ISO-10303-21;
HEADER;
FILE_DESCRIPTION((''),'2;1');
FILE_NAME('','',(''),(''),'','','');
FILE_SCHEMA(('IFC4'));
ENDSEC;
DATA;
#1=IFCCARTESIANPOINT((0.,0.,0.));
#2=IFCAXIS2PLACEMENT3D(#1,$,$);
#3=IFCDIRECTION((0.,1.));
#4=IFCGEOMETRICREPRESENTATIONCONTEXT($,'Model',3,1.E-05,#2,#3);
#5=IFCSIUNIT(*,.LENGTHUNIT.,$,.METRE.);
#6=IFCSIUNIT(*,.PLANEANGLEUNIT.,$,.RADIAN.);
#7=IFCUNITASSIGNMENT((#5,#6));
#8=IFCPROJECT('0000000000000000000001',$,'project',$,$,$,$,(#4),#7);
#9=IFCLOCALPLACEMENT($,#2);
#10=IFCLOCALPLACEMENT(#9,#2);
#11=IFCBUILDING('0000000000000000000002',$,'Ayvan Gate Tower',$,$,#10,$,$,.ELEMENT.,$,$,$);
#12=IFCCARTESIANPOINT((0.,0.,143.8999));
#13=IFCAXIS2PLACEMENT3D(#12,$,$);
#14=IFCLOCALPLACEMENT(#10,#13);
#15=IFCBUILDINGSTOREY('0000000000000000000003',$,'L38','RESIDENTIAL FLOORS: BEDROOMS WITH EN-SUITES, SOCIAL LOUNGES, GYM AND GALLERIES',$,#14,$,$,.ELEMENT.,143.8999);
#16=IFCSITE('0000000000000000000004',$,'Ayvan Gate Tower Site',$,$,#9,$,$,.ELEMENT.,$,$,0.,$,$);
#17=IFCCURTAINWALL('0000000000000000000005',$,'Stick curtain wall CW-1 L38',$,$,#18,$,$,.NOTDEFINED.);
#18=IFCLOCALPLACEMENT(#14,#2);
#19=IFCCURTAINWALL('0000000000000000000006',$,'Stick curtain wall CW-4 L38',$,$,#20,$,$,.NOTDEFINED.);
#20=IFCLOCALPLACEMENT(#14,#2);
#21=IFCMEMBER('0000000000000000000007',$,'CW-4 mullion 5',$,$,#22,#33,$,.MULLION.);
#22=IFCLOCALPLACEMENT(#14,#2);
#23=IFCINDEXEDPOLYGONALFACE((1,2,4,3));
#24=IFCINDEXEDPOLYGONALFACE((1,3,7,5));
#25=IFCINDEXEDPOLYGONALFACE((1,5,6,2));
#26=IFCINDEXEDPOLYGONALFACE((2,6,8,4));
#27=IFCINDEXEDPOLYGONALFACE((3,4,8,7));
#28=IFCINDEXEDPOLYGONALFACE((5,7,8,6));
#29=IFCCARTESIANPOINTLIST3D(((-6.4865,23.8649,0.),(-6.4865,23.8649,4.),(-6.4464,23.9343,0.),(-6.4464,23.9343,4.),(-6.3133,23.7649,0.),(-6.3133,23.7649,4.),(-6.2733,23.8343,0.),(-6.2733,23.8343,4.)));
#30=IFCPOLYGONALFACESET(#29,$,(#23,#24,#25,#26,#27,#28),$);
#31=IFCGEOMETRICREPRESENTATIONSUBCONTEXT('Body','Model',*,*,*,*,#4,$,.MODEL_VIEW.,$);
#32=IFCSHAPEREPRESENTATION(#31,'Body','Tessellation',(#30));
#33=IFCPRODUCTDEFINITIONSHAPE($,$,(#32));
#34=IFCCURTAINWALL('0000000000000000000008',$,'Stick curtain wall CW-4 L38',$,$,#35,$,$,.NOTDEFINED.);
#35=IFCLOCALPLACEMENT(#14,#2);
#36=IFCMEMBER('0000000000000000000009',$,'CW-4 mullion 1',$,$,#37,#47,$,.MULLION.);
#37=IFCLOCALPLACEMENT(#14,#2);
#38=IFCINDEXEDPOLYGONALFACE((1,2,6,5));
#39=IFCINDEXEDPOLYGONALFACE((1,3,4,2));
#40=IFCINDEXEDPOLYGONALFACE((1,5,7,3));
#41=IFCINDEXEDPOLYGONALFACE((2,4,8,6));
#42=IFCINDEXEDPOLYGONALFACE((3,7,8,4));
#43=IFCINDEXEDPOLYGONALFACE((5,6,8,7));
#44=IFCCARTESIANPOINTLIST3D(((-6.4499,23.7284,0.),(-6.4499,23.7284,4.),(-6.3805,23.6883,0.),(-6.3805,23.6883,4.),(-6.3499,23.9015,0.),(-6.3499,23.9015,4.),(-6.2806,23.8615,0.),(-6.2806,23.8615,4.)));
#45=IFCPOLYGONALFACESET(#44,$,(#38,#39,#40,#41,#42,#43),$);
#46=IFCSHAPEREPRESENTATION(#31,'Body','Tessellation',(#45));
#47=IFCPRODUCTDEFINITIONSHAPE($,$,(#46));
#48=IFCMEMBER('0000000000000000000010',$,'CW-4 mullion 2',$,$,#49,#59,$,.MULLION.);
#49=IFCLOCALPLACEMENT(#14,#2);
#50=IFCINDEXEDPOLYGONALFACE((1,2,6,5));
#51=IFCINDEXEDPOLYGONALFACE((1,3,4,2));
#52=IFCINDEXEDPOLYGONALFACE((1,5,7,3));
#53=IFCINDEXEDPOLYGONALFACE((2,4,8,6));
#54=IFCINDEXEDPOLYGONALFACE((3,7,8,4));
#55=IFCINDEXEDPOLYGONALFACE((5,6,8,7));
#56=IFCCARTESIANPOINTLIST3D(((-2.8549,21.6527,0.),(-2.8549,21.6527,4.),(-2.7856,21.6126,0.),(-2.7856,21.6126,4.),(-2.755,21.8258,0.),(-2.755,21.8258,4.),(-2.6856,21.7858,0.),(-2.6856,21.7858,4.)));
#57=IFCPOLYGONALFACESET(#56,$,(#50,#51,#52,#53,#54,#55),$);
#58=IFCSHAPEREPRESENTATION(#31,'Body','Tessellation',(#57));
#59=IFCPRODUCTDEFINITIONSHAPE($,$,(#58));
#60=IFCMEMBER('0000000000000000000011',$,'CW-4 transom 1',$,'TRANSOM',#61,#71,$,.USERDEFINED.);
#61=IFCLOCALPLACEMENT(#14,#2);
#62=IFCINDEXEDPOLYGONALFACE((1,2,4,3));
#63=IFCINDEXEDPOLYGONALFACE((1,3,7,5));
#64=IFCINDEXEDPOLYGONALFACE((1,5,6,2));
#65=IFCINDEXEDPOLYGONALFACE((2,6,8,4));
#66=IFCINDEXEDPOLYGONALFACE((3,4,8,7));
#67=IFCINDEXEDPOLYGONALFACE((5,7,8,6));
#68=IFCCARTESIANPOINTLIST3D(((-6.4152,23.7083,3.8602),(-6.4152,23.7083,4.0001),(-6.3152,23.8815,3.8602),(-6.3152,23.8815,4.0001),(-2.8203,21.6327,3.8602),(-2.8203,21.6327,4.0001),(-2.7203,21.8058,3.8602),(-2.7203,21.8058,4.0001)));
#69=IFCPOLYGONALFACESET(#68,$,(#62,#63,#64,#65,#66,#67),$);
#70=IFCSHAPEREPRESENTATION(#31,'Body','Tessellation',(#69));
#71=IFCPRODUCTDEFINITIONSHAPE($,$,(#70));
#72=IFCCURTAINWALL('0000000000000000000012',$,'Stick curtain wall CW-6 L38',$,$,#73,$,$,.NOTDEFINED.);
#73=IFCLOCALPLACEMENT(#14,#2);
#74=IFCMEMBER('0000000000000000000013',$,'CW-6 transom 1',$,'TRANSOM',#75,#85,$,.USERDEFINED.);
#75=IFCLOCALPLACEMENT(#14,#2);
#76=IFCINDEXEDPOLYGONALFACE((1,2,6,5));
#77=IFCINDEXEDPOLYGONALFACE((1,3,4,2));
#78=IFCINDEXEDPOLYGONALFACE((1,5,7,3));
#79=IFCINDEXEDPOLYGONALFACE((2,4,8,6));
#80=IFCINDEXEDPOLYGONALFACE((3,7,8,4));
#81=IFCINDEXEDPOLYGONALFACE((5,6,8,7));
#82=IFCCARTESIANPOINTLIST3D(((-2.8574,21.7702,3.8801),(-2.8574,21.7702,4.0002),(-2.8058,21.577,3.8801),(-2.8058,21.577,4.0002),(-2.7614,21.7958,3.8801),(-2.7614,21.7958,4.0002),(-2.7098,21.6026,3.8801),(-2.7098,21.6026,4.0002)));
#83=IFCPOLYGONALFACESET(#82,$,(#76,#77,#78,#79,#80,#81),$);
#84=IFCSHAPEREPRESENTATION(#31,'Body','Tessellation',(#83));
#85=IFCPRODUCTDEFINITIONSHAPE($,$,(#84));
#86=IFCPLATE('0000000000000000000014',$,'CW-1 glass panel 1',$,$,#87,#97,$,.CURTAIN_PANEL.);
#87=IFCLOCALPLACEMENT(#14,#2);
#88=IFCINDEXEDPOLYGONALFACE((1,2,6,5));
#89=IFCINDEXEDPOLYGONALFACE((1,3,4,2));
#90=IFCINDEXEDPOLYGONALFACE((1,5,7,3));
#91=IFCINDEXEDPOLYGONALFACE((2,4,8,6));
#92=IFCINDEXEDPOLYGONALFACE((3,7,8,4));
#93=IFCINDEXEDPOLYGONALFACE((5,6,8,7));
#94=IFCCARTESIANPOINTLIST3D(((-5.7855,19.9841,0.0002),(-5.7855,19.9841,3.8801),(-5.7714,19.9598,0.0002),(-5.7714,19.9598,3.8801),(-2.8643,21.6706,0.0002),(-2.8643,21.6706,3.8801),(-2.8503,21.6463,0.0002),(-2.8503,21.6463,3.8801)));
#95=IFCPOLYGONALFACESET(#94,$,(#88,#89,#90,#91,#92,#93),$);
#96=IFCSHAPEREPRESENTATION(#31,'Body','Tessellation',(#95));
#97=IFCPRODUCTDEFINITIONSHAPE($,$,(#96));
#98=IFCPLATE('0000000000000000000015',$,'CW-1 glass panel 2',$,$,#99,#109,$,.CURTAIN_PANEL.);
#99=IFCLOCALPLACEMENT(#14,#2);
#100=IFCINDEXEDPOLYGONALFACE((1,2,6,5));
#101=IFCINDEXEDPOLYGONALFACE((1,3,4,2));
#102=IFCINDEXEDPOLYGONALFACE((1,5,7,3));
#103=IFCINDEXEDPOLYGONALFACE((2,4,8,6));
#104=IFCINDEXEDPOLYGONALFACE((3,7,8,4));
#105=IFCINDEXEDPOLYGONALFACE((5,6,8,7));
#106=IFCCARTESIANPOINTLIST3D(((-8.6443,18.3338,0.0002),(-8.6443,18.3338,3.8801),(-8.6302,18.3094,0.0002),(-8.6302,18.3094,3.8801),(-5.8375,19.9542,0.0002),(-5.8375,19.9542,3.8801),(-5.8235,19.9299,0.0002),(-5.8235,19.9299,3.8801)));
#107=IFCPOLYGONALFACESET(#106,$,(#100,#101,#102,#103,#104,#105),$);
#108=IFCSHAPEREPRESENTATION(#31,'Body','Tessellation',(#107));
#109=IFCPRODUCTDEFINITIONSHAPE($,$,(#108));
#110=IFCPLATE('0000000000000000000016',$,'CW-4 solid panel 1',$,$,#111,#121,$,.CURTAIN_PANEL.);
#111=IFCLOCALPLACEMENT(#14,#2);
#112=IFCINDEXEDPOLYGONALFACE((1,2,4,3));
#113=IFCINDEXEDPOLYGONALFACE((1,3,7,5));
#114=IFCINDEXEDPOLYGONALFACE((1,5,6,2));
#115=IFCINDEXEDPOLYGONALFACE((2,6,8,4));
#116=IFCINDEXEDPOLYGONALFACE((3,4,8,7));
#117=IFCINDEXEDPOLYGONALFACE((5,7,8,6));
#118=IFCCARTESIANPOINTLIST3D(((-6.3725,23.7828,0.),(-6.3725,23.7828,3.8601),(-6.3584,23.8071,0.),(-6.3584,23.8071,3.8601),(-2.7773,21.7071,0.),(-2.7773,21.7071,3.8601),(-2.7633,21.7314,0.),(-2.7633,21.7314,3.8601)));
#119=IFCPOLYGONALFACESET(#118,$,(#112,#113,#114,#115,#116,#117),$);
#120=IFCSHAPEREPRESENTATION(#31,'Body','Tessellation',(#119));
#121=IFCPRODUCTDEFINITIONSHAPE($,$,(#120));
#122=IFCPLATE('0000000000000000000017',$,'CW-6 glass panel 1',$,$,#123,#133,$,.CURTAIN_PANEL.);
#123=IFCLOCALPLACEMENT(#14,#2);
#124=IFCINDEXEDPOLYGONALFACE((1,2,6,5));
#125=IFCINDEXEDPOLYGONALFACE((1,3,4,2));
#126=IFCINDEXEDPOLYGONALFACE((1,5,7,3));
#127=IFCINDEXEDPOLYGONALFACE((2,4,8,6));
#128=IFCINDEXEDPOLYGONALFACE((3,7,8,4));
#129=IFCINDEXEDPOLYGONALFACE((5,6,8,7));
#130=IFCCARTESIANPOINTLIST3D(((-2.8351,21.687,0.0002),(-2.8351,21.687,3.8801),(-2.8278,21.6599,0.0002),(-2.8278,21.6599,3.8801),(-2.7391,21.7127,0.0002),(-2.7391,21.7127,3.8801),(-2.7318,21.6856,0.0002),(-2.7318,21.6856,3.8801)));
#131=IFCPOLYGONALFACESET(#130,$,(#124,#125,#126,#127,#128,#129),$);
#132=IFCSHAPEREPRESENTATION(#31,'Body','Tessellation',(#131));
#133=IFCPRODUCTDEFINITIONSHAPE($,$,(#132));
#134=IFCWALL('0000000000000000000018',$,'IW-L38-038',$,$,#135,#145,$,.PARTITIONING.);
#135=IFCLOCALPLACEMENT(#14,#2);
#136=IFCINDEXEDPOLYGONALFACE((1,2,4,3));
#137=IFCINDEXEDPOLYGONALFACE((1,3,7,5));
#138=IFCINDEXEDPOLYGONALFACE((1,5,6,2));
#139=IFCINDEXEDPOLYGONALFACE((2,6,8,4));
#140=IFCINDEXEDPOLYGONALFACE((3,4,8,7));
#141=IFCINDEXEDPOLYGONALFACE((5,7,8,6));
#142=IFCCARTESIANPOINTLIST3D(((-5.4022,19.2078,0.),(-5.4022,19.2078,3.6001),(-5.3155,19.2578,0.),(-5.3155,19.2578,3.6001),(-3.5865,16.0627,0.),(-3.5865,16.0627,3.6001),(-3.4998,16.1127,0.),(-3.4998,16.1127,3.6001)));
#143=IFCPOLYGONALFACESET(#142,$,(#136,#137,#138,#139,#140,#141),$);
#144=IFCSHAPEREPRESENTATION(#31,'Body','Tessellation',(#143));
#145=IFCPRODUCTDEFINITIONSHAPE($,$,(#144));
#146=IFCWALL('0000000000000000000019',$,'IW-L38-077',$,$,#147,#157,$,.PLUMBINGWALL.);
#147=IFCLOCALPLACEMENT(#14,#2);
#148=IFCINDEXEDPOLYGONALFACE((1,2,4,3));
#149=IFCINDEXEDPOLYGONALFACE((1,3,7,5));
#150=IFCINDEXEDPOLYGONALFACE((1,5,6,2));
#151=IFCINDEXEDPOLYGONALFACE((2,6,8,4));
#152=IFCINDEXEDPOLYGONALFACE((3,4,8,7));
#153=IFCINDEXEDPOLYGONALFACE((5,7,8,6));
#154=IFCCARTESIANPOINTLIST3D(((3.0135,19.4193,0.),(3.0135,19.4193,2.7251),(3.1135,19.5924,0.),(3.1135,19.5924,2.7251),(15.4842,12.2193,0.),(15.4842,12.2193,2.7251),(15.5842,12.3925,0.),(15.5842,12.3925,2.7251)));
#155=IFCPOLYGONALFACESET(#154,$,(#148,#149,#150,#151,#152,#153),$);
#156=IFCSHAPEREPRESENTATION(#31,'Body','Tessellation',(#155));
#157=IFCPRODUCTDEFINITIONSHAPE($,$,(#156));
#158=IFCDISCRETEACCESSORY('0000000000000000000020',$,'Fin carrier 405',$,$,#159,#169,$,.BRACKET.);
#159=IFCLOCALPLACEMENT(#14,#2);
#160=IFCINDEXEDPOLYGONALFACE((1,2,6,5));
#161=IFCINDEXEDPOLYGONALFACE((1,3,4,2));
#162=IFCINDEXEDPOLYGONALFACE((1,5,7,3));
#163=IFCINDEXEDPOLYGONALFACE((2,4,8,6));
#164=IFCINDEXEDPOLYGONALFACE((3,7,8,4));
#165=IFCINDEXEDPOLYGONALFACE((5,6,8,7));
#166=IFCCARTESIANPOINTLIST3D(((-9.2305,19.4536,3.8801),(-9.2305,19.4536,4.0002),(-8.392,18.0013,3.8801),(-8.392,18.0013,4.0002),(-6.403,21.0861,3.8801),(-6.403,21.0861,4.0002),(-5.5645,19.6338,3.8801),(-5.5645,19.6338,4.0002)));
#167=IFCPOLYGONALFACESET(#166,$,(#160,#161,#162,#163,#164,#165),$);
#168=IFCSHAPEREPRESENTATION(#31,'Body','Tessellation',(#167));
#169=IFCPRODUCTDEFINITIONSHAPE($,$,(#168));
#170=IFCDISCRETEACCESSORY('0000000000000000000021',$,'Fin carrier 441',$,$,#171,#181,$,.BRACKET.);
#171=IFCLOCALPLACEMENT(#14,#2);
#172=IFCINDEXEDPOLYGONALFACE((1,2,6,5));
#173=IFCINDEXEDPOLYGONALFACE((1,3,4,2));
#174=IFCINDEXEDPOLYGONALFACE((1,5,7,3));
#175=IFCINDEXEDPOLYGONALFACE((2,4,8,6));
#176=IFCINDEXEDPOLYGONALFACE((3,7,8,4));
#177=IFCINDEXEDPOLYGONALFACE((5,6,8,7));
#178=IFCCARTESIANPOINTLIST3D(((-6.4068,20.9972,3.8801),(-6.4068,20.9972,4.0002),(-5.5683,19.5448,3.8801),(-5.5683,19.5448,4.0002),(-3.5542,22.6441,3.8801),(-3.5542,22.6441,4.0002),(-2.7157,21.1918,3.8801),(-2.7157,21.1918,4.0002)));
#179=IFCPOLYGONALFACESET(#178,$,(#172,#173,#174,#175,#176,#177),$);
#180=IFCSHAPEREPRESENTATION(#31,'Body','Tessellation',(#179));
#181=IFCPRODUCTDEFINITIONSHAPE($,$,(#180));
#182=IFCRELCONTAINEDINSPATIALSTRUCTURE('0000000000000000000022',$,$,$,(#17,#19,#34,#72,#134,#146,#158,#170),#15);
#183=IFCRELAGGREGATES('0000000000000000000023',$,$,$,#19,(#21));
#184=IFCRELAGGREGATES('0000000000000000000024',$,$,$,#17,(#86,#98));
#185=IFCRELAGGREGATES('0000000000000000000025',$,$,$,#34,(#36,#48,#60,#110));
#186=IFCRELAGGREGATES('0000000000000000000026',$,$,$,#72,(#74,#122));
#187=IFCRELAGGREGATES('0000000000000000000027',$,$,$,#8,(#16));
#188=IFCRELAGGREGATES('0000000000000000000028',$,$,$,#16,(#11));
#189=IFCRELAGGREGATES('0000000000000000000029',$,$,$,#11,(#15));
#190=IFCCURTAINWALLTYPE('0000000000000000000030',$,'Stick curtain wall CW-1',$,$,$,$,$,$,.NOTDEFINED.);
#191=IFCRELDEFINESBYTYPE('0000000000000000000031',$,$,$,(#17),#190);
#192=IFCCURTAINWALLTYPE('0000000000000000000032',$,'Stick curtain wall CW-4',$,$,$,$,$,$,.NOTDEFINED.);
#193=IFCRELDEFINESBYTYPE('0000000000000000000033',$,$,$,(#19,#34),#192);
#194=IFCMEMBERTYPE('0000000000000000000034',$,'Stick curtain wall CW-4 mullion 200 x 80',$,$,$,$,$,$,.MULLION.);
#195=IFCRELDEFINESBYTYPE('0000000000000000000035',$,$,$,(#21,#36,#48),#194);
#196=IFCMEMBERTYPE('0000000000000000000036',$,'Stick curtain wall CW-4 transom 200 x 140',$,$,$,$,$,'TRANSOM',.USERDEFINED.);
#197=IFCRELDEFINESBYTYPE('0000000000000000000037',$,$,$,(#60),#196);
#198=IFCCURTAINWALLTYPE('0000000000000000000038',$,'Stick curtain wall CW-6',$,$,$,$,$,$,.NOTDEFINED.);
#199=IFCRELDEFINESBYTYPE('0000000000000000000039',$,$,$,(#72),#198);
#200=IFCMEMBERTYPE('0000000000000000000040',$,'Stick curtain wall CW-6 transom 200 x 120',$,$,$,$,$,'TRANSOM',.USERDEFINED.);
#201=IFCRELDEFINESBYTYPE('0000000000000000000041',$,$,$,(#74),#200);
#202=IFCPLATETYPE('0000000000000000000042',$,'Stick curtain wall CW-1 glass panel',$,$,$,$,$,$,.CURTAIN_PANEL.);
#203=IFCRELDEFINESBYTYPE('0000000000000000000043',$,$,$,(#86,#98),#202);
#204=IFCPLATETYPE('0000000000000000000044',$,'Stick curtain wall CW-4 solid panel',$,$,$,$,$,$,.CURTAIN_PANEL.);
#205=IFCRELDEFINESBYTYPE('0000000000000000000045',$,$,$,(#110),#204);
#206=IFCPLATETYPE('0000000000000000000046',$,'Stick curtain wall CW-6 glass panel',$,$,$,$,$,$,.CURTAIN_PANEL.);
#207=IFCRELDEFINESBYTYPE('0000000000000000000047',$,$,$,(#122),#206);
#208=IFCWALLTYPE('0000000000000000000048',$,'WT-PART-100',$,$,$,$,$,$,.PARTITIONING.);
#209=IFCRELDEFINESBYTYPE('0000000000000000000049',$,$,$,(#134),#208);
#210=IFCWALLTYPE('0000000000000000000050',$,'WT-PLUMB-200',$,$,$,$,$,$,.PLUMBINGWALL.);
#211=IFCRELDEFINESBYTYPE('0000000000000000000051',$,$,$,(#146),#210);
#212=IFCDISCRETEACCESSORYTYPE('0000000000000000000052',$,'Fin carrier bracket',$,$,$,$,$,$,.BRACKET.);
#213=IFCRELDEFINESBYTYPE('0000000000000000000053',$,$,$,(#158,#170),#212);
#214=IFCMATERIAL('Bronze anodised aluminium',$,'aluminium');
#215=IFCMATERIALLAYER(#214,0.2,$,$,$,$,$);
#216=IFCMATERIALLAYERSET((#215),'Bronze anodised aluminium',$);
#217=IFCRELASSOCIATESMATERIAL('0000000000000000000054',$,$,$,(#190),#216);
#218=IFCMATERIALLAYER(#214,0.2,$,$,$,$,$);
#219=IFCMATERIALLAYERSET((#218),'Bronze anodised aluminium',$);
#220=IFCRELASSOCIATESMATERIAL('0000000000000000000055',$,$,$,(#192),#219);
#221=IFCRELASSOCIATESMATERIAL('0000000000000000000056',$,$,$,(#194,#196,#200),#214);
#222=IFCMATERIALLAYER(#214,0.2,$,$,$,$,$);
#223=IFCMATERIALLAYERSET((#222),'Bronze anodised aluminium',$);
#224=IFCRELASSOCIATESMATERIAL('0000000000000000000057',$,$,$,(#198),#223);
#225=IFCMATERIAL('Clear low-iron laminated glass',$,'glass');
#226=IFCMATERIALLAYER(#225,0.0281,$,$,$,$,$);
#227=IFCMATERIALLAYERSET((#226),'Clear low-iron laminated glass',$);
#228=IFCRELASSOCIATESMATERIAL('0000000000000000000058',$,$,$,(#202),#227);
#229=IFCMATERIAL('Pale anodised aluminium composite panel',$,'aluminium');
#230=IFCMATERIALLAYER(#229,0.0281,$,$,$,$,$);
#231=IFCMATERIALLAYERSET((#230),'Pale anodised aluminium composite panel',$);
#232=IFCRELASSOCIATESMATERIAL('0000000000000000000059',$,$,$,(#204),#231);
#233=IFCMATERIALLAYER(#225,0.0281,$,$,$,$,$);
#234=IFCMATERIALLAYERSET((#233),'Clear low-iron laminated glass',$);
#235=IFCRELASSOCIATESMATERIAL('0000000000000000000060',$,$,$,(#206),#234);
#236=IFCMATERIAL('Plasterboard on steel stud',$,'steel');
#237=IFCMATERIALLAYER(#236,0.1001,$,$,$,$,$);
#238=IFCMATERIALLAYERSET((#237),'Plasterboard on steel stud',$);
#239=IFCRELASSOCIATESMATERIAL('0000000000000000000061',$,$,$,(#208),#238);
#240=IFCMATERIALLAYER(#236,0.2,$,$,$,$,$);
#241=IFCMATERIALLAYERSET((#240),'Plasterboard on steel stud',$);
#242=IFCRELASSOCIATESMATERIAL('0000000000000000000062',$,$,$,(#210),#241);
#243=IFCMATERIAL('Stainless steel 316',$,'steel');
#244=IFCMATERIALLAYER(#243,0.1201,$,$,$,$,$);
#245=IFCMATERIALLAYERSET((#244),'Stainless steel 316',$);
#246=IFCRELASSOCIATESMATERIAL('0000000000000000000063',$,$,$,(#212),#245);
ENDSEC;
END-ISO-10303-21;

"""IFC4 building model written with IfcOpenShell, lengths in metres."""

from ifc_helpers import new_model, si_unit, direction, frame, frame_2d, origin, origin_2d, place, context, subcontext, project, spatial, rectangle, extrude, material, layer, layer_set, material_profile, profile_set, type_object, element, aggregate, save


model = new_model("IFC4")

# Units and contexts
model_context = context("Model", 3, precision=1e-05, world=origin(), true_north=direction((0.0, 1.0)))
body_context = subcontext(model_context, "Body", "Model", "MODEL_VIEW")
ifc_project = project(units=[si_unit("LENGTHUNIT", "METRE"), si_unit("PLANEANGLEUNIT", "RADIAN")], contexts=[model_context])

# Site, building, storey
site_placement = place(None, origin())
site = spatial("IfcSite", under=ifc_project, at=site_placement, Name="Ayvan Gate Tower Site", CompositionType="ELEMENT", RefElevation=0.0)
building_placement = place(site_placement, origin())
building = spatial("IfcBuilding", under=site, at=building_placement, Name="Ayvan Gate Tower", CompositionType="ELEMENT")
storey_placement = place(building_placement, frame((0.0, 0.0, 143.8999)))
storey = spatial("IfcBuildingStorey", under=building, at=storey_placement, Name="L38", Description="RESIDENTIAL FLOORS: BEDROOMS WITH EN-SUITES, SOCIAL LOUNGES, GYM AND GALLERIES", CompositionType="ELEMENT", Elevation=143.8999)

# Curtain wall
ifc_material_1 = material(Name="Bronze anodised aluminium", Category="aluminium")
ifc_layer_1 = layer(ifc_material_1, 0.2)
ifc_layer_set_1 = layer_set([ifc_layer_1], Name="Bronze anodised aluminium")
curtain_wall_type_1 = type_object("IfcCurtainWallType", Name="Stick curtain wall CW-1", PredefinedType="NOTDEFINED", material=ifc_layer_set_1)
curtain_wall_1_placement = place(storey_placement, origin())
curtain_wall_1 = element("IfcCurtainWall", 1, at=curtain_wall_1_placement, inside=storey, type_object=curtain_wall_type_1, Name="Stick curtain wall CW-1 L38", PredefinedType="NOTDEFINED")

# Curtain wall, member
ifc_layer_2 = layer(ifc_material_1, 0.2)
ifc_layer_set_2 = layer_set([ifc_layer_2], Name="Bronze anodised aluminium")
curtain_wall_type_2 = type_object("IfcCurtainWallType", Name="Stick curtain wall CW-4", PredefinedType="NOTDEFINED", material=ifc_layer_set_2)
curtain_wall_2_placement = place(storey_placement, origin())
curtain_wall_2 = element("IfcCurtainWall", 2, at=curtain_wall_2_placement, inside=storey, type_object=curtain_wall_type_2, Name="Stick curtain wall CW-4 L38", PredefinedType="NOTDEFINED")
ifc_material_profile_1 = material_profile(ifc_material_1, rectangle(XDim=0.2, YDim=0.0801, at=origin_2d()), Name="Stick curtain wall CW-4 mullion 200 x 80")
ifc_profile_set_1 = profile_set([ifc_material_profile_1], Name="Bronze anodised aluminium")
member_type_1 = type_object("IfcMemberType", Name="Stick curtain wall CW-4 mullion 200 x 80", PredefinedType="MULLION", material=ifc_profile_set_1)
member_1_placement = place(storey_placement, frame((-6.3799, 23.8496, 0.0), z_axis=(0.0, 0.0, 1.0), x_axis=(-0.866025, 0.5, 0.0)))
member_1 = element("IfcMember", 3, at=member_1_placement, type_object=member_type_1, Name="CW-4 mullion 5", PredefinedType="MULLION", context=body_context, shape_type="SweptSolid", body=[
    extrude(rectangle(XDim=0.2, YDim=0.0801, at=origin_2d()), origin(), (0.0, 0.0, 1.0), 4.0),
])
aggregate(curtain_wall_2, [member_1])

# Curtain wall, members
curtain_wall_3_placement = place(storey_placement, origin())
curtain_wall_3 = element("IfcCurtainWall", 4, at=curtain_wall_3_placement, inside=storey, type_object=curtain_wall_type_2, Name="Stick curtain wall CW-4 L38", PredefinedType="NOTDEFINED")
member_2_placement = place(storey_placement, frame((-6.3652, 23.7949, 0.0), z_axis=(0.0, 0.0, 1.0), x_axis=(-0.5, -0.866025, 0.0)))
member_2 = element("IfcMember", 5, at=member_2_placement, type_object=member_type_1, Name="CW-4 mullion 1", PredefinedType="MULLION", context=body_context, shape_type="SweptSolid", body=[
    extrude(rectangle(XDim=0.2, YDim=0.0801, at=origin_2d()), origin(), (0.0, 0.0, 1.0), 4.0),
])
member_3_placement = place(storey_placement, frame((-2.7703, 21.7192, 0.0), z_axis=(0.0, 0.0, 1.0), x_axis=(-0.5, -0.866025, 0.0)))
member_3 = element("IfcMember", 6, at=member_3_placement, type_object=member_type_1, Name="CW-4 mullion 2", PredefinedType="MULLION", context=body_context, shape_type="SweptSolid", body=[
    extrude(rectangle(XDim=0.2, YDim=0.0801, at=origin_2d()), origin(), (0.0, 0.0, 1.0), 4.0),
])
ifc_material_profile_2 = material_profile(ifc_material_1, rectangle(XDim=0.2, YDim=0.1399, at=origin_2d()), Name="Stick curtain wall CW-4 transom 200 x 140")
ifc_profile_set_2 = profile_set([ifc_material_profile_2], Name="Bronze anodised aluminium")
member_type_2 = type_object("IfcMemberType", Name="Stick curtain wall CW-4 transom 200 x 140", ElementType="TRANSOM", PredefinedType="USERDEFINED", material=ifc_profile_set_2)
member_4_placement = place(storey_placement, frame((-6.3652, 23.7949, 3.9302), z_axis=(0.866012, -0.500023, 0.0), x_axis=(0.500023, 0.866012, 0.0)))
member_4 = element("IfcMember", 7, at=member_4_placement, type_object=member_type_2, Name="CW-4 transom 1", ObjectType="TRANSOM", PredefinedType="USERDEFINED", context=body_context, shape_type="SweptSolid", body=[
    extrude(rectangle(XDim=0.2, YDim=0.1399, at=origin_2d()), origin(), (0.0, 0.0, 1.0), 4.1511),
])

# Curtain wall, member
ifc_layer_3 = layer(ifc_material_1, 0.2)
ifc_layer_set_3 = layer_set([ifc_layer_3], Name="Bronze anodised aluminium")
curtain_wall_type_3 = type_object("IfcCurtainWallType", Name="Stick curtain wall CW-6", PredefinedType="NOTDEFINED", material=ifc_layer_set_3)
curtain_wall_4_placement = place(storey_placement, origin())
curtain_wall_4 = element("IfcCurtainWall", 8, at=curtain_wall_4_placement, inside=storey, type_object=curtain_wall_type_3, Name="Stick curtain wall CW-6 L38", PredefinedType="NOTDEFINED")
ifc_material_profile_3 = material_profile(ifc_material_1, rectangle(XDim=0.2, YDim=0.1201, at=origin_2d()), Name="Stick curtain wall CW-6 transom 200 x 120")
ifc_profile_set_3 = profile_set([ifc_material_profile_3], Name="Bronze anodised aluminium")
member_type_3 = type_object("IfcMemberType", Name="Stick curtain wall CW-6 transom 200 x 120", ElementType="TRANSOM", PredefinedType="USERDEFINED", material=ifc_profile_set_3)
member_5_placement = place(storey_placement, frame((-2.7356, 21.6992, 3.9402), z_axis=(-0.966112, -0.258122, 0.0), x_axis=(0.258122, -0.966112, 0.0)))
member_5 = element("IfcMember", 9, at=member_5_placement, type_object=member_type_3, Name="CW-6 transom 1", ObjectType="TRANSOM", PredefinedType="USERDEFINED", context=body_context, shape_type="SweptSolid", body=[
    extrude(rectangle(XDim=0.2, YDim=0.1201, at=origin_2d()), origin(), (0.0, 0.0, 1.0), 0.0994),
])

# Plates
ifc_material_2 = material(Name="Clear low-iron laminated glass", Category="glass")
ifc_layer_4 = layer(ifc_material_2, 0.0281)
ifc_layer_set_4 = layer_set([ifc_layer_4], Name="Clear low-iron laminated glass")
plate_type_1 = type_object("IfcPlateType", Name="Stick curtain wall CW-1 glass panel", PredefinedType="CURTAIN_PANEL", material=ifc_layer_set_4)
plate_1_placement = place(storey_placement, frame((-4.3179, 20.8152, 0.0002), z_axis=(0.0, 0.0, 1.0), x_axis=(-0.866025, -0.5, 0.0)))
plate_1 = element("IfcPlate", 10, at=plate_1_placement, type_object=plate_type_1, Name="CW-1 glass panel 1", PredefinedType="CURTAIN_PANEL", context=body_context, shape_type="SweptSolid", body=[
    extrude(rectangle(XDim=3.373, YDim=0.0281, at=origin_2d()), origin(), (0.0, 0.0, 1.0), 3.8799),
])
plate_2_placement = place(storey_placement, frame((-7.2339, 19.1318, 0.0002), z_axis=(0.0, 0.0, 1.0), x_axis=(-0.866025, -0.5, 0.0)))
plate_2 = element("IfcPlate", 11, at=plate_2_placement, type_object=plate_type_1, Name="CW-1 glass panel 2", PredefinedType="CURTAIN_PANEL", context=body_context, shape_type="SweptSolid", body=[
    extrude(rectangle(XDim=3.241, YDim=0.0281, at=origin_2d()), origin(), (0.0, 0.0, 1.0), 3.8799),
])
aggregate(curtain_wall_1, [plate_1, plate_2])
ifc_material_3 = material(Name="Pale anodised aluminium composite panel", Category="aluminium")
ifc_layer_5 = layer(ifc_material_3, 0.0281)
ifc_layer_set_5 = layer_set([ifc_layer_5], Name="Pale anodised aluminium composite panel")
plate_type_2 = type_object("IfcPlateType", Name="Stick curtain wall CW-4 solid panel", PredefinedType="CURTAIN_PANEL", material=ifc_layer_set_5)
plate_3_placement = place(storey_placement, frame((-4.5679, 22.7571, 0.0), z_axis=(0.0, 0.0, 1.0), x_axis=(0.866025, -0.5, 0.0)))
plate_3 = element("IfcPlate", 12, at=plate_3_placement, type_object=plate_type_2, Name="CW-4 solid panel 1", PredefinedType="CURTAIN_PANEL", context=body_context, shape_type="SweptSolid", body=[
    extrude(rectangle(XDim=4.1514, YDim=0.0281, at=origin_2d()), origin(), (0.0, 0.0, 1.0), 3.8601),
])
aggregate(curtain_wall_3, [member_2, member_3, member_4, plate_3])
ifc_layer_6 = layer(ifc_material_2, 0.0281)
ifc_layer_set_6 = layer_set([ifc_layer_6], Name="Clear low-iron laminated glass")
plate_type_3 = type_object("IfcPlateType", Name="Stick curtain wall CW-6 glass panel", PredefinedType="CURTAIN_PANEL", material=ifc_layer_set_6)
plate_4_placement = place(storey_placement, frame((-2.7834, 21.6863, 0.0002), z_axis=(0.0, 0.0, 1.0), x_axis=(-0.965926, -0.258819, 0.0)))
plate_4 = element("IfcPlate", 13, at=plate_4_placement, type_object=plate_type_3, Name="CW-6 glass panel 1", PredefinedType="CURTAIN_PANEL", context=body_context, shape_type="SweptSolid", body=[
    extrude(rectangle(XDim=0.0994, YDim=0.0281, at=origin_2d()), origin(), (0.0, 0.0, 1.0), 3.8799),
])
aggregate(curtain_wall_4, [member_5, plate_4])

# Walls
ifc_material_4 = material(Name="Plasterboard on steel stud", Category="steel")
ifc_layer_7 = layer(ifc_material_4, 0.1001)
ifc_layer_set_7 = layer_set([ifc_layer_7], Name="Plasterboard on steel stud")
wall_type_1 = type_object("IfcWallType", Name="WT-PART-100", PredefinedType="PARTITIONING", material=ifc_layer_set_7)
wall_1_placement = place(storey_placement, frame((-5.3589, 19.2329, 0.0), z_axis=(0.0, 0.0, 1.0), x_axis=(0.499979, -0.866038, 0.0)))
element("IfcWall", 14, at=wall_1_placement, inside=storey, type_object=wall_type_1, Name="IW-L38-038", PredefinedType="PARTITIONING", context=body_context, shape_type="SweptSolid", body=[
    extrude(rectangle(XDim=3.6316, YDim=0.1001, at=frame_2d((1.8159, 0.0))), origin(), (0.0, 0.0, 1.0), 3.6001),
])
ifc_layer_8 = layer(ifc_material_4, 0.2)
ifc_layer_set_8 = layer_set([ifc_layer_8], Name="Plasterboard on steel stud")
wall_type_2 = type_object("IfcWallType", Name="WT-PLUMB-200", PredefinedType="PLUMBINGWALL", material=ifc_layer_set_8)
wall_2_placement = place(storey_placement, frame((3.0635, 19.5059, 0.0), z_axis=(0.0, 0.0, 1.0), x_axis=(0.866026, -0.499999, 0.0)))
element("IfcWall", 15, at=wall_2_placement, inside=storey, type_object=wall_type_2, Name="IW-L38-077", PredefinedType="PLUMBINGWALL", context=body_context, shape_type="SweptSolid", body=[
    extrude(rectangle(XDim=14.3999, YDim=0.2, at=frame_2d((7.2, 0.0))), origin(), (0.0, 0.0, 1.0), 2.7251),
])

# Discrete accessories
ifc_material_5 = material(Name="Stainless steel 316", Category="steel")
ifc_layer_9 = layer(ifc_material_5, 0.1201)
ifc_layer_set_9 = layer_set([ifc_layer_9], Name="Stainless steel 316")
discrete_accessory_type = type_object("IfcDiscreteAccessoryType", Name="Fin carrier bracket", PredefinedType="BRACKET", material=ifc_layer_set_9)
discrete_accessory_1_placement = place(storey_placement, frame((-7.3975, 19.5437, 3.8801), z_axis=(0.0, 0.0, 1.0), x_axis=(-0.866025, -0.5, 0.0)))
element("IfcDiscreteAccessory", 16, at=discrete_accessory_1_placement, inside=storey, type_object=discrete_accessory_type, Name="Fin carrier 405", PredefinedType="BRACKET", context=body_context, shape_type="SweptSolid", body=[
    extrude(rectangle(XDim=3.2649, YDim=1.677, at=origin_2d()), origin(), (0.0, 0.0, 1.0), 0.1201),
])
discrete_accessory_2_placement = place(storey_placement, frame((-4.5613, 21.0945, 3.8801), z_axis=(0.0, 0.0, 1.0), x_axis=(-0.866025, -0.5, 0.0)))
element("IfcDiscreteAccessory", 17, at=discrete_accessory_2_placement, inside=storey, type_object=discrete_accessory_type, Name="Fin carrier 441", PredefinedType="BRACKET", context=body_context, shape_type="SweptSolid", body=[
    extrude(rectangle(XDim=3.2939, YDim=1.677, at=origin_2d()), origin(), (0.0, 0.0, 1.0), 0.1201),
])

save(model, "model.ifc")
